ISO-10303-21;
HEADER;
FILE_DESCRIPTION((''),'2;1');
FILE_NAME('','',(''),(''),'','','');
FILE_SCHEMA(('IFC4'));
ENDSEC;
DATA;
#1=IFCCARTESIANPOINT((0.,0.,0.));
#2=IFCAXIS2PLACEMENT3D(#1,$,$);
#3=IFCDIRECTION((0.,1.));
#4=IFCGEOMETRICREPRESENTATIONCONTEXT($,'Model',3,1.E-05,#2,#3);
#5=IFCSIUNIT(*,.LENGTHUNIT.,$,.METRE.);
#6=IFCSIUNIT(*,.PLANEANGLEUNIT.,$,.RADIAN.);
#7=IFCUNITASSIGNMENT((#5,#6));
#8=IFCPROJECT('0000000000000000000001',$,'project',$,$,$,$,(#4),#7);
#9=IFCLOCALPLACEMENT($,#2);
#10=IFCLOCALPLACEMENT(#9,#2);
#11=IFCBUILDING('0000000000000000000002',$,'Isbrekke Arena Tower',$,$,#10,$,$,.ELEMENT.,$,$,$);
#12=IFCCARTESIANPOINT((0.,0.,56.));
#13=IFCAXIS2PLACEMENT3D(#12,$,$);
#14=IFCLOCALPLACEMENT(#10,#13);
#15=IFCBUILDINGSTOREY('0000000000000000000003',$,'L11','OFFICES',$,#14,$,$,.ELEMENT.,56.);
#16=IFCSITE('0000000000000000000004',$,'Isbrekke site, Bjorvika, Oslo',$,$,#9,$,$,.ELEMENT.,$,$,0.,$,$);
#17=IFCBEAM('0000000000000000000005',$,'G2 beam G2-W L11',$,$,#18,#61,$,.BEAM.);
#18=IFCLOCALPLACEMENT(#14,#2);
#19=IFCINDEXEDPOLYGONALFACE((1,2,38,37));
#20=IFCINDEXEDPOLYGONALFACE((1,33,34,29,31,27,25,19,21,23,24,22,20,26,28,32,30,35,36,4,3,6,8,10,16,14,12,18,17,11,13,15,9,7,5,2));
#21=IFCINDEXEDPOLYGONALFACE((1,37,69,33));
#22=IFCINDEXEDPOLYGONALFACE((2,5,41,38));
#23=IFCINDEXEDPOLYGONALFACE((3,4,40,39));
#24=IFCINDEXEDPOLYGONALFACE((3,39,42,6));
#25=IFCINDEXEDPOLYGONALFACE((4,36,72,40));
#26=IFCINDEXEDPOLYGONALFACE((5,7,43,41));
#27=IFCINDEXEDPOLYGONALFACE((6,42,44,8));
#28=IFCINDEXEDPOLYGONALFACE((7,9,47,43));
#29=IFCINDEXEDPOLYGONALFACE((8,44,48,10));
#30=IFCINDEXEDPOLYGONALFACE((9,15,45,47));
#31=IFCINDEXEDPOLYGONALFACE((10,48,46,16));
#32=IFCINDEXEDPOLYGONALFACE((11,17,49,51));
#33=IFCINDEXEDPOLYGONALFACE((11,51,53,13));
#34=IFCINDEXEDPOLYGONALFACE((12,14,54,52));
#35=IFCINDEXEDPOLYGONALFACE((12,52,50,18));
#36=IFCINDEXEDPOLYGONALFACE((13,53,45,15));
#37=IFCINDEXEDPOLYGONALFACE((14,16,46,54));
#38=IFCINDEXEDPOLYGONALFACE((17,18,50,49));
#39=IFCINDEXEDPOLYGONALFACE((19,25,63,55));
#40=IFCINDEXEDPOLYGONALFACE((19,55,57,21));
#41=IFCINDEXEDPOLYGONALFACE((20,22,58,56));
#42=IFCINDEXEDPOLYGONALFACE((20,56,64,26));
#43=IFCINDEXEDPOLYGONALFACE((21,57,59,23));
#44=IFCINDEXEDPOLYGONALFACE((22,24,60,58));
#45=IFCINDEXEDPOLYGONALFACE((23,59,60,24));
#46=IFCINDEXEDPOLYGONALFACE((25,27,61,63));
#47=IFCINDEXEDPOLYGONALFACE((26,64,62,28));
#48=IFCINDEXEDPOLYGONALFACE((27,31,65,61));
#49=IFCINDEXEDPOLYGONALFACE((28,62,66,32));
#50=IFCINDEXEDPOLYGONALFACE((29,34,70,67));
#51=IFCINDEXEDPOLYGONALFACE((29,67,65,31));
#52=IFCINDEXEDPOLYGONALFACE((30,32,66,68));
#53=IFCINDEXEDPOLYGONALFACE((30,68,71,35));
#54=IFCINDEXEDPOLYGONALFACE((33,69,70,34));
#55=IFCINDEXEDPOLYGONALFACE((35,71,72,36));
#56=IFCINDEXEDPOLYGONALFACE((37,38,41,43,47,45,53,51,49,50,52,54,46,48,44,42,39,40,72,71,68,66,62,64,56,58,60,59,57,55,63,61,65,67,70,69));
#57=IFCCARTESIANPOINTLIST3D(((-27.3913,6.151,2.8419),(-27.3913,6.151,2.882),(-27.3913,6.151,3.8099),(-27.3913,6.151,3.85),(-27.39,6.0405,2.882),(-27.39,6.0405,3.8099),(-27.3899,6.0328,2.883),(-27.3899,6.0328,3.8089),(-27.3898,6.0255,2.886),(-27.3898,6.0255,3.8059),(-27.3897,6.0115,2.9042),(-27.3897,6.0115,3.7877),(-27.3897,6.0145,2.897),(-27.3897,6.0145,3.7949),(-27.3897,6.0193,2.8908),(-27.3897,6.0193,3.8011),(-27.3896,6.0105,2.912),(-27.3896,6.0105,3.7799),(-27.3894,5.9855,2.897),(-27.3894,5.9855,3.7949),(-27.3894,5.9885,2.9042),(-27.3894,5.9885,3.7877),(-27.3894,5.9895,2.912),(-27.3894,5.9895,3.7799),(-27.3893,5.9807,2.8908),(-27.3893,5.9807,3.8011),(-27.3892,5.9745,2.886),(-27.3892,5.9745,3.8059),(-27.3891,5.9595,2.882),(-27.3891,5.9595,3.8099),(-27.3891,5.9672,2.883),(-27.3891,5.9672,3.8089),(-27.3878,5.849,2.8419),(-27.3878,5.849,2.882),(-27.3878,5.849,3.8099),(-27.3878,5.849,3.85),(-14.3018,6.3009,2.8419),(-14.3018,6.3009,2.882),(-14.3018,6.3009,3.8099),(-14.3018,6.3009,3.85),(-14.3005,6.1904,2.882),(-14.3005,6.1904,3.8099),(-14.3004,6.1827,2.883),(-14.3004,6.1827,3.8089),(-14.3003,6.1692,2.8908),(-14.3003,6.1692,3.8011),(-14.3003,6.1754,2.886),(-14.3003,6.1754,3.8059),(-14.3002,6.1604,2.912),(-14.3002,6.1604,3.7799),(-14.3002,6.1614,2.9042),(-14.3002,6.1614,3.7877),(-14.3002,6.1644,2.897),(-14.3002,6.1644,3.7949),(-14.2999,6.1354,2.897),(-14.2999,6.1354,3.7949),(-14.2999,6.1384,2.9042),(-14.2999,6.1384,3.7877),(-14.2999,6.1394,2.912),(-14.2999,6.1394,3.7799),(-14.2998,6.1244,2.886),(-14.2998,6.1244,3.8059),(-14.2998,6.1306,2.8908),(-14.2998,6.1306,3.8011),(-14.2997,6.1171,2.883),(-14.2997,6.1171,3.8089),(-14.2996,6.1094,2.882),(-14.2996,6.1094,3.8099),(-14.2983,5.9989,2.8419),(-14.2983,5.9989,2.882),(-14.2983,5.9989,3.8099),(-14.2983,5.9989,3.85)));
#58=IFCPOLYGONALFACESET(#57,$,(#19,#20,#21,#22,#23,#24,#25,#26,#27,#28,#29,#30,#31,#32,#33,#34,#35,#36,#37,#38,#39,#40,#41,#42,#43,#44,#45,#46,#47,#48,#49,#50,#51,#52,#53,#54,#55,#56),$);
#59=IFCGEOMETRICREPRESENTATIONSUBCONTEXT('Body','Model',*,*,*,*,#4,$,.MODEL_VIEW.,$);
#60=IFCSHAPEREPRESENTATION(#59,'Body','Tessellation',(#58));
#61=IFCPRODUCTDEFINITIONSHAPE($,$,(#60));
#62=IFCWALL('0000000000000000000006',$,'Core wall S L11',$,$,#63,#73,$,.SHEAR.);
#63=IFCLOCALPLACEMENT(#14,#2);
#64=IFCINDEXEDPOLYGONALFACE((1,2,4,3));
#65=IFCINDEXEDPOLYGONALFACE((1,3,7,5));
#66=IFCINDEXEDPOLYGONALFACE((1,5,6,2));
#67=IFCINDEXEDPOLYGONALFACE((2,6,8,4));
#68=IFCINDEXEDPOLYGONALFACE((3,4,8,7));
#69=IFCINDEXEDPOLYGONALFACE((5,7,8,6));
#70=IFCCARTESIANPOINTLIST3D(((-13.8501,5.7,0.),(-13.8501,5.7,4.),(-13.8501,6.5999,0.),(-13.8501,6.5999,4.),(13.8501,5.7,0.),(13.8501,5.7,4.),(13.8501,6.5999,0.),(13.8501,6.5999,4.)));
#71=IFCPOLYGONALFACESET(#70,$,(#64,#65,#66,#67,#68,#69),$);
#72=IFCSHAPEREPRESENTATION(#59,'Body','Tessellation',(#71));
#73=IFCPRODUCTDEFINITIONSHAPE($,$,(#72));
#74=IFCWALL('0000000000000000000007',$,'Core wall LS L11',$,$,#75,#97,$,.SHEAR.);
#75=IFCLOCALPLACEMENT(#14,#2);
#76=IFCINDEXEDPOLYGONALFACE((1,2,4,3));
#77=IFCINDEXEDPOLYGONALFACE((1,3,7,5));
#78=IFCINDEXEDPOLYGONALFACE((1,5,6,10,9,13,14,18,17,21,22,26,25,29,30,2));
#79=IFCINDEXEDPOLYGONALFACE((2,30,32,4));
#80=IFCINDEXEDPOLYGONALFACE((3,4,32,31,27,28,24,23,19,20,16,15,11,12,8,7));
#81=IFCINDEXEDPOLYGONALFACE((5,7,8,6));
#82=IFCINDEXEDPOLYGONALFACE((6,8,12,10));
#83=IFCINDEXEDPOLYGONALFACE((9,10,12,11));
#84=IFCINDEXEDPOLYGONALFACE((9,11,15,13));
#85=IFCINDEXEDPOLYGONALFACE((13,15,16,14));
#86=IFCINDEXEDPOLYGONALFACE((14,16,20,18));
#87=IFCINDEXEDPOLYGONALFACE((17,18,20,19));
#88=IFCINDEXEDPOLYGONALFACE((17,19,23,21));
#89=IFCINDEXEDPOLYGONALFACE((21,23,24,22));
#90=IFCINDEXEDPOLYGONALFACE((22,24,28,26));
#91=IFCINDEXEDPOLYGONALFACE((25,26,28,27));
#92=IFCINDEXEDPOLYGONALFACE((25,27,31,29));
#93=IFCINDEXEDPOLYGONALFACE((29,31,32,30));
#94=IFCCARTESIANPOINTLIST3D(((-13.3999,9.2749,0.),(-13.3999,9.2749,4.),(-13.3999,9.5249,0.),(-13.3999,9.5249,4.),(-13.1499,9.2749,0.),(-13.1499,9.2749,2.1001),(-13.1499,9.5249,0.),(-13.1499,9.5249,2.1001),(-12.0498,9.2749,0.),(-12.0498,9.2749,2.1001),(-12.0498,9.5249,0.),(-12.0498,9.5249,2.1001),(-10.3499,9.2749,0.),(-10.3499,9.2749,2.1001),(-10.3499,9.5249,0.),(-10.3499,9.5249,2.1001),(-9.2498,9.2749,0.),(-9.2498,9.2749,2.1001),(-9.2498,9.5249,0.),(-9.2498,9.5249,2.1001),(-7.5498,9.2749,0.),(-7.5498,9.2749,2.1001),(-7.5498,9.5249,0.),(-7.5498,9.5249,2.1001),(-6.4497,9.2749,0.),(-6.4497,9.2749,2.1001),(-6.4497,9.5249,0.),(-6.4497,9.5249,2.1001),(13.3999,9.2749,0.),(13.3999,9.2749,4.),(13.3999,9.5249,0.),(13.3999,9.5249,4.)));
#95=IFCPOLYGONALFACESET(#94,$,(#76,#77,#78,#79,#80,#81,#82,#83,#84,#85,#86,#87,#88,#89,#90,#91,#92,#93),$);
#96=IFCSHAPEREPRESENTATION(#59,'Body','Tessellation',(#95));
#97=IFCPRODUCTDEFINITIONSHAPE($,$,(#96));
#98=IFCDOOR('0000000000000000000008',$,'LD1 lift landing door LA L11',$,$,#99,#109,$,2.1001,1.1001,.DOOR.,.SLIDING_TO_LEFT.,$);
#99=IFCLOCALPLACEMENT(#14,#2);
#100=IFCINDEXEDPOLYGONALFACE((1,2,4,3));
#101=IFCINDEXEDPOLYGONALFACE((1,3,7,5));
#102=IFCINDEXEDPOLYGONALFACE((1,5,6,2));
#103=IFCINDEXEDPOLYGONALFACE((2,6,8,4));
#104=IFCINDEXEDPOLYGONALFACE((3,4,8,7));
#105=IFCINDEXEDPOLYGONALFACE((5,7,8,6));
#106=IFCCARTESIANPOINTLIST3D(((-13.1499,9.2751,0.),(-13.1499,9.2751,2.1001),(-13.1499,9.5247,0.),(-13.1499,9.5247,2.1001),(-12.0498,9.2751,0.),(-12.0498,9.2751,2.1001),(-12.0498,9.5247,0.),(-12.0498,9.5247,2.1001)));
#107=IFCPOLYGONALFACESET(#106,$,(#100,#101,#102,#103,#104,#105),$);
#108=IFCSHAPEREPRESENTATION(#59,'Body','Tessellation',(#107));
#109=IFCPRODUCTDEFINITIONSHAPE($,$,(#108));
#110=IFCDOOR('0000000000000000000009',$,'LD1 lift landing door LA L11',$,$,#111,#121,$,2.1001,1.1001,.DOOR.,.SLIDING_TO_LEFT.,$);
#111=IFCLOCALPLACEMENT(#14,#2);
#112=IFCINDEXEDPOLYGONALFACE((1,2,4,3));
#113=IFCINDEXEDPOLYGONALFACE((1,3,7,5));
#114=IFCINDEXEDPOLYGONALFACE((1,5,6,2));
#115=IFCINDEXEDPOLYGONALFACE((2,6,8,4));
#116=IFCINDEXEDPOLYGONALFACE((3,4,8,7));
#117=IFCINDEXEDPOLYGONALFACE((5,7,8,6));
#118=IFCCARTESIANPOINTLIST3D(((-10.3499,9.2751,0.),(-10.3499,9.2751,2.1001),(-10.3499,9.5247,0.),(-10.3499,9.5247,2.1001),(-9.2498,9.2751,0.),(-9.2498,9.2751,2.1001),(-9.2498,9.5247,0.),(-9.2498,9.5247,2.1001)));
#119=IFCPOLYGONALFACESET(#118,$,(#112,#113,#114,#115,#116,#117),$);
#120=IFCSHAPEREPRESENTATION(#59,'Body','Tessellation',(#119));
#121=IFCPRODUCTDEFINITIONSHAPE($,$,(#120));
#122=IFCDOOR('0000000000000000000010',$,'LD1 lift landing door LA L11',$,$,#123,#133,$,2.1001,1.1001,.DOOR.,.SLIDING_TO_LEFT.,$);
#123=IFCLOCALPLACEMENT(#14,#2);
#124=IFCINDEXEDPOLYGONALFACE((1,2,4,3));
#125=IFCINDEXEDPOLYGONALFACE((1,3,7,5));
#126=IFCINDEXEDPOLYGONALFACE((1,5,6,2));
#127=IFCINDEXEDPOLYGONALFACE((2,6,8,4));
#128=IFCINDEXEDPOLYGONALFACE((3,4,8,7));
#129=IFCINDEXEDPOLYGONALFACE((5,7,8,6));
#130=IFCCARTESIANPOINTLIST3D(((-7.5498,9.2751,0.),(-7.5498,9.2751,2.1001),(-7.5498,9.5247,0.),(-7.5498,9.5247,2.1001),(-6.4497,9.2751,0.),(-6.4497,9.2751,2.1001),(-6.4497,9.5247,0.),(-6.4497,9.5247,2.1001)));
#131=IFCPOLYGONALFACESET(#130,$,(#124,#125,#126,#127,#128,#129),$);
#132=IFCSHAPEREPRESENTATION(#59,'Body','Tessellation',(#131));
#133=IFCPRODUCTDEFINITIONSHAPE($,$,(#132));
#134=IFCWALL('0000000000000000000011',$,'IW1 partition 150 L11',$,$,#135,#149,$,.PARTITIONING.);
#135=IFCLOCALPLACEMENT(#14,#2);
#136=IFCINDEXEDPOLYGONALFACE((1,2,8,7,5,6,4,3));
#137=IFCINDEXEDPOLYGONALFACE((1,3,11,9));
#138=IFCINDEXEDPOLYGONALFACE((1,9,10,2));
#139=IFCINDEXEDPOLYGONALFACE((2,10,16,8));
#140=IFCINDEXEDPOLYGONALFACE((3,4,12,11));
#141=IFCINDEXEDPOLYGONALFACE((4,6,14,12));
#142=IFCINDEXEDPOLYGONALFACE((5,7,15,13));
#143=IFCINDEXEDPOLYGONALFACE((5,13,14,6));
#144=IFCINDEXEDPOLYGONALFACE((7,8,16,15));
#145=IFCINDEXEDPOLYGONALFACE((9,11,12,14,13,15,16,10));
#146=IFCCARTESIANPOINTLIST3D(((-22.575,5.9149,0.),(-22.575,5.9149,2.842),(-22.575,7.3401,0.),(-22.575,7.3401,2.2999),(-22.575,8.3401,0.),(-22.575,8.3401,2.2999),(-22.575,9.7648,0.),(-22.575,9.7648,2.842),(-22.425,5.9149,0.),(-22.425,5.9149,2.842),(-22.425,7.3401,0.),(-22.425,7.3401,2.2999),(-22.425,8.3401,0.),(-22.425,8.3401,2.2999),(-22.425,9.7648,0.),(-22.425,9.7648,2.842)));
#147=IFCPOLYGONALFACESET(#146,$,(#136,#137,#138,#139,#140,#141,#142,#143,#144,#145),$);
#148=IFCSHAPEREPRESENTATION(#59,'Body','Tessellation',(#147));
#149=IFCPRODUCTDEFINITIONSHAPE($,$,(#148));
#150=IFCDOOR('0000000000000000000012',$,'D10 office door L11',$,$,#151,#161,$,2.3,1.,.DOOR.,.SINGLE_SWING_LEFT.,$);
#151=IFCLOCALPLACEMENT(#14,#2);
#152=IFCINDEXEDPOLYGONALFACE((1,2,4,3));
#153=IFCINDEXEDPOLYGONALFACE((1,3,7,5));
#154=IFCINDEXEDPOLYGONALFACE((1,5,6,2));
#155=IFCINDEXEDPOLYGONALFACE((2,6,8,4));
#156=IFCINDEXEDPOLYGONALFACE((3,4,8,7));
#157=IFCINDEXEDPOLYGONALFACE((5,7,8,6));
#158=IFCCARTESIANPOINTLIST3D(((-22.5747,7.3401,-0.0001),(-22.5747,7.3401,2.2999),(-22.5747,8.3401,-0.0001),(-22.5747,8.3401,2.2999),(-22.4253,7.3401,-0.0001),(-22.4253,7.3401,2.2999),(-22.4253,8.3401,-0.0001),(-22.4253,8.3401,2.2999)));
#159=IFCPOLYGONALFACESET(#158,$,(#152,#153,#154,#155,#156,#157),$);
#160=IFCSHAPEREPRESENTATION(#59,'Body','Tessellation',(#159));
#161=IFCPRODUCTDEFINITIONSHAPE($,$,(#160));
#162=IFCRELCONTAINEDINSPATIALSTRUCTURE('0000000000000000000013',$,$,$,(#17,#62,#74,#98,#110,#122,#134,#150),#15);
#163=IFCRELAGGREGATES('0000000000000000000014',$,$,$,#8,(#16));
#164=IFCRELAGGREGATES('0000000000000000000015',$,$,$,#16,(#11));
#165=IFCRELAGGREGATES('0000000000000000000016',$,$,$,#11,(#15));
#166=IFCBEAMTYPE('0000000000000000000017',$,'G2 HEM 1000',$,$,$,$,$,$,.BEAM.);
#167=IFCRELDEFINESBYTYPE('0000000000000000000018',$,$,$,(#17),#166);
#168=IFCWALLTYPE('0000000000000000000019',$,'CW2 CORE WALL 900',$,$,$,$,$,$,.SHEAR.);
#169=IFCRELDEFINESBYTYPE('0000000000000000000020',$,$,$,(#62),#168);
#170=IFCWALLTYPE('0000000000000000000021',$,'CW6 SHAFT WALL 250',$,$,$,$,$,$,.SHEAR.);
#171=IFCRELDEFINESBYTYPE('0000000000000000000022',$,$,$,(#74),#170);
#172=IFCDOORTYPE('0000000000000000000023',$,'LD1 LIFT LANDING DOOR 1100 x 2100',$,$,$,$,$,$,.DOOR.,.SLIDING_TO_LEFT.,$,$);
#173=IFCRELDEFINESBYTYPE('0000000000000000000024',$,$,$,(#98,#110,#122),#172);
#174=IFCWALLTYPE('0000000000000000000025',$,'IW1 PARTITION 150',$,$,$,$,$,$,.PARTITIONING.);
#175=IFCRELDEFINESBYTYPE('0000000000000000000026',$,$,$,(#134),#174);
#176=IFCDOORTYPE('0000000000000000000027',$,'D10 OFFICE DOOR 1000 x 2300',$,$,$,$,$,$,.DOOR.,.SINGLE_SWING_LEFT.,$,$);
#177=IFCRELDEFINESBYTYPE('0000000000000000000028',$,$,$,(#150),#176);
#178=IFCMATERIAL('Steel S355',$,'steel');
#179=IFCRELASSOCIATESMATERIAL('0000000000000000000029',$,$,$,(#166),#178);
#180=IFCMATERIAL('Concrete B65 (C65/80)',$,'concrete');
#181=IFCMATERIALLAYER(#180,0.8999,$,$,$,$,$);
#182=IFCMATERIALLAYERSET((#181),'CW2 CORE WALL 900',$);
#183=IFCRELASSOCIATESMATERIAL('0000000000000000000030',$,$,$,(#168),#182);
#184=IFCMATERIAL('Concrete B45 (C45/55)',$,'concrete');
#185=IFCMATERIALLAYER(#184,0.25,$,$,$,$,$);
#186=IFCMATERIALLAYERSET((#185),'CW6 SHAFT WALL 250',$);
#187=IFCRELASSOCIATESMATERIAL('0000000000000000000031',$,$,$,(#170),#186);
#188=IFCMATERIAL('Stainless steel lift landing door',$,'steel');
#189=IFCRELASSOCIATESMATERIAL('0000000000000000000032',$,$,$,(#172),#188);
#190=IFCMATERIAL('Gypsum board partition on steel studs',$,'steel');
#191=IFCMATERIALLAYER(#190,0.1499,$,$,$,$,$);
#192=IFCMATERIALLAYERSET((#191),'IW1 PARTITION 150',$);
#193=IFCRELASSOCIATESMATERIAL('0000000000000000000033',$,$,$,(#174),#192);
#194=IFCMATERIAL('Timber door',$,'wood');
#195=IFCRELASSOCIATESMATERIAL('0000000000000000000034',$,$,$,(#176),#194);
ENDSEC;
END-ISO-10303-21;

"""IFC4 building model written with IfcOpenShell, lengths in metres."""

from ifc_helpers import new_model, si_unit, direction, frame, frame_2d, origin, origin_2d, place, context, subcontext, project, spatial, rectangle, i_section, extrude, material, layer, layer_set, material_profile, profile_set, type_object, element, fill, save


model = new_model("IFC4")

# Units and contexts
model_context = context("Model", 3, precision=1e-05, world=origin(), true_north=direction((0.0, 1.0)))
body_context = subcontext(model_context, "Body", "Model", "MODEL_VIEW")
ifc_project = project(units=[si_unit("LENGTHUNIT", "METRE"), si_unit("PLANEANGLEUNIT", "RADIAN")], contexts=[model_context])

# Site, building, storey
site_placement = place(None, origin())
site = spatial("IfcSite", under=ifc_project, at=site_placement, Name="Isbrekke site, Bjorvika, Oslo", CompositionType="ELEMENT", RefElevation=0.0)
building_placement = place(site_placement, origin())
building = spatial("IfcBuilding", under=site, at=building_placement, Name="Isbrekke Arena Tower", CompositionType="ELEMENT")
storey_placement = place(building_placement, frame((0.0, 0.0, 56.0)))
storey = spatial("IfcBuildingStorey", under=building, at=storey_placement, Name="L11", Description="OFFICES", CompositionType="ELEMENT", Elevation=56.0)

# Beam
ifc_material_1 = material(Name="Steel S355", Category="steel")
ifc_material_profile = material_profile(ifc_material_1, i_section(OverallWidth=0.302, OverallDepth=1.0081, WebThickness=0.021, FlangeThickness=0.04, FilletRadius=0.03, at=origin_2d()), Name="HEM 1000")
ifc_profile_set = profile_set([ifc_material_profile], Name="Steel S355")
beam_type = type_object("IfcBeamType", Name="G2 HEM 1000", PredefinedType="BEAM", material=ifc_profile_set)
beam_placement = place(storey_placement, frame((-14.3, 6.1499, 3.3459), z_axis=(-0.999934, -0.011451, 0.0), x_axis=(0.011451, -0.999934, 0.0)))
element("IfcBeam", 1, at=beam_placement, inside=storey, type_object=beam_type, Name="G2 beam G2-W L11", PredefinedType="BEAM", context=body_context, shape_type="SweptSolid", body=[
    extrude(i_section(OverallWidth=0.302, OverallDepth=1.0081, WebThickness=0.021, FlangeThickness=0.04, FilletRadius=0.03, at=origin_2d()), origin(), (0.0, 0.0, 1.0), 13.0903),
])

# Wall
ifc_material_2 = material(Name="Concrete B65 (C65/80)", Category="concrete")
ifc_layer_1 = layer(ifc_material_2, 0.8999)
ifc_layer_set_1 = layer_set([ifc_layer_1], Name="CW2 CORE WALL 900")
wall_type_1 = type_object("IfcWallType", Name="CW2 CORE WALL 900", PredefinedType="SHEAR", material=ifc_layer_set_1)
wall_1_placement = place(storey_placement, frame((-13.8501, 6.1499, 0.0), z_axis=(0.0, 0.0, 1.0), x_axis=(1.0, 0.0, 0.0)))
element("IfcWall", 2, at=wall_1_placement, inside=storey, type_object=wall_type_1, Name="Core wall S L11", PredefinedType="SHEAR", context=body_context, shape_type="SweptSolid", body=[
    extrude(rectangle(XDim=27.7002, YDim=0.8999, at=frame_2d((13.8501, 0.0))), origin(), (0.0, 0.0, 1.0), 4.0),
])

# Wall, openings, doors
ifc_material_3 = material(Name="Concrete B45 (C45/55)", Category="concrete")
ifc_layer_2 = layer(ifc_material_3, 0.25)
ifc_layer_set_2 = layer_set([ifc_layer_2], Name="CW6 SHAFT WALL 250")
wall_type_2 = type_object("IfcWallType", Name="CW6 SHAFT WALL 250", PredefinedType="SHEAR", material=ifc_layer_set_2)
wall_2_placement = place(storey_placement, frame((-13.3999, 9.3999, 0.0), z_axis=(0.0, 0.0, 1.0), x_axis=(1.0, 0.0, 0.0)))
wall_2 = element("IfcWall", 3, at=wall_2_placement, inside=storey, type_object=wall_type_2, Name="Core wall LS L11", PredefinedType="SHEAR", context=body_context, shape_type="SweptSolid", body=[
    extrude(rectangle(XDim=26.7998, YDim=0.25, at=frame_2d((13.3999, 0.0))), origin(), (0.0, 0.0, 1.0), 4.0),
])
opening_1_placement = place(wall_2_placement, frame((0.25, 0.0, 0.0)))
opening_1 = element("IfcOpeningElement", 4, at=opening_1_placement, cuts=wall_2, PredefinedType="OPENING", context=body_context, shape_type="SweptSolid", body=[
    extrude(rectangle(XDim=1.1001, YDim=2.1001, at=frame_2d((0.55, 1.05))), frame((0.0, 0.1399, 0.0), z_axis=(0.0, -1.0, 0.0), x_axis=(1.0, 0.0, 0.0)), (0.0, 0.0, 1.0), 0.2798),
])
opening_2_placement = place(wall_2_placement, frame((3.05, 0.0, 0.0)))
opening_2 = element("IfcOpeningElement", 5, at=opening_2_placement, cuts=wall_2, PredefinedType="OPENING", context=body_context, shape_type="SweptSolid", body=[
    extrude(rectangle(XDim=1.1001, YDim=2.1001, at=frame_2d((0.55, 1.05))), frame((0.0, 0.1399, 0.0), z_axis=(0.0, -1.0, 0.0), x_axis=(1.0, 0.0, 0.0)), (0.0, 0.0, 1.0), 0.2798),
])
opening_3_placement = place(wall_2_placement, frame((5.8501, 0.0, 0.0)))
opening_3 = element("IfcOpeningElement", 6, at=opening_3_placement, cuts=wall_2, PredefinedType="OPENING", context=body_context, shape_type="SweptSolid", body=[
    extrude(rectangle(XDim=1.1001, YDim=2.1001, at=frame_2d((0.55, 1.05))), frame((0.0, 0.1399, 0.0), z_axis=(0.0, -1.0, 0.0), x_axis=(1.0, 0.0, 0.0)), (0.0, 0.0, 1.0), 0.2798),
])
ifc_material_4 = material(Name="Stainless steel lift landing door", Category="steel")
door_type_1 = type_object("IfcDoorType", Name="LD1 LIFT LANDING DOOR 1100 x 2100", OperationType="SLIDING_TO_LEFT", PredefinedType="DOOR", material=ifc_material_4)
door_1_placement = place(opening_1_placement, origin())
door_1 = element("IfcDoor", 7, at=door_1_placement, inside=storey, type_object=door_type_1, Name="LD1 lift landing door LA L11", OperationType="SLIDING_TO_LEFT", OverallHeight=2.1001, OverallWidth=1.1001, PredefinedType="DOOR", context=body_context, shape_type="SweptSolid", body=[
    extrude(rectangle(XDim=1.1001, YDim=2.1001, at=frame_2d((0.55, 1.05))), frame((0.0, 0.1248, 0.0), z_axis=(0.0, -1.0, 0.0), x_axis=(1.0, 0.0, 0.0)), (0.0, 0.0, 1.0), 0.2495),
])
fill(opening_1, door_1)
door_2_placement = place(opening_2_placement, origin())
door_2 = element("IfcDoor", 8, at=door_2_placement, inside=storey, type_object=door_type_1, Name="LD1 lift landing door LA L11", OperationType="SLIDING_TO_LEFT", OverallHeight=2.1001, OverallWidth=1.1001, PredefinedType="DOOR", context=body_context, shape_type="SweptSolid", body=[
    extrude(rectangle(XDim=1.1001, YDim=2.1001, at=frame_2d((0.55, 1.05))), frame((0.0, 0.1248, 0.0), z_axis=(0.0, -1.0, 0.0), x_axis=(1.0, 0.0, 0.0)), (0.0, 0.0, 1.0), 0.2495),
])
fill(opening_2, door_2)
door_3_placement = place(opening_3_placement, origin())
door_3 = element("IfcDoor", 9, at=door_3_placement, inside=storey, type_object=door_type_1, Name="LD1 lift landing door LA L11", OperationType="SLIDING_TO_LEFT", OverallHeight=2.1001, OverallWidth=1.1001, PredefinedType="DOOR", context=body_context, shape_type="SweptSolid", body=[
    extrude(rectangle(XDim=1.1001, YDim=2.1001, at=frame_2d((0.55, 1.05))), frame((0.0, 0.1248, 0.0), z_axis=(0.0, -1.0, 0.0), x_axis=(1.0, 0.0, 0.0)), (0.0, 0.0, 1.0), 0.2495),
])
fill(opening_3, door_3)

# Wall, opening, door
ifc_material_5 = material(Name="Gypsum board partition on steel studs", Category="steel")
ifc_layer_3 = layer(ifc_material_5, 0.1499)
ifc_layer_set_3 = layer_set([ifc_layer_3], Name="IW1 PARTITION 150")
wall_type_3 = type_object("IfcWallType", Name="IW1 PARTITION 150", PredefinedType="PARTITIONING", material=ifc_layer_set_3)
wall_3_placement = place(storey_placement, frame((-22.5, 5.915, 0.0), z_axis=(0.0, 0.0, 1.0), x_axis=(0.0, 1.0, 0.0)))
wall_3 = element("IfcWall", 10, at=wall_3_placement, inside=storey, type_object=wall_type_3, Name="IW1 partition 150 L11", PredefinedType="PARTITIONING", context=body_context, shape_type="SweptSolid", body=[
    extrude(rectangle(XDim=3.8499, YDim=0.1499, at=frame_2d((1.9248, 0.0))), origin(), (0.0, 0.0, 1.0), 2.842),
])
opening_4_placement = place(wall_3_placement, frame((1.425, 0.0, 0.0)))
opening_4 = element("IfcOpeningElement", 11, at=opening_4_placement, cuts=wall_3, PredefinedType="OPENING", context=body_context, shape_type="SweptSolid", body=[
    extrude(rectangle(XDim=1.0, YDim=2.3, at=frame_2d((0.5, 1.1499))), frame((0.0, 0.0898, 0.0), z_axis=(0.0, -1.0, 0.0), x_axis=(1.0, 0.0, 0.0)), (0.0, 0.0, 1.0), 0.1797),
])
ifc_material_6 = material(Name="Timber door", Category="wood")
door_type_2 = type_object("IfcDoorType", Name="D10 OFFICE DOOR 1000 x 2300", OperationType="SINGLE_SWING_LEFT", PredefinedType="DOOR", material=ifc_material_6)
door_4_placement = place(opening_4_placement, origin())
door_4 = element("IfcDoor", 12, at=door_4_placement, inside=storey, type_object=door_type_2, Name="D10 office door L11", OperationType="SINGLE_SWING_LEFT", OverallHeight=2.3, OverallWidth=1.0, PredefinedType="DOOR", context=body_context, shape_type="SweptSolid", body=[
    extrude(rectangle(XDim=1.0, YDim=2.3, at=frame_2d((0.5, 1.1499))), frame((0.0, 0.0747, 0.0), z_axis=(0.0, -1.0, 0.0), x_axis=(1.0, 0.0, 0.0)), (0.0, 0.0, 1.0), 0.1494),
])
fill(opening_4, door_4)

save(model, "model.ifc")
